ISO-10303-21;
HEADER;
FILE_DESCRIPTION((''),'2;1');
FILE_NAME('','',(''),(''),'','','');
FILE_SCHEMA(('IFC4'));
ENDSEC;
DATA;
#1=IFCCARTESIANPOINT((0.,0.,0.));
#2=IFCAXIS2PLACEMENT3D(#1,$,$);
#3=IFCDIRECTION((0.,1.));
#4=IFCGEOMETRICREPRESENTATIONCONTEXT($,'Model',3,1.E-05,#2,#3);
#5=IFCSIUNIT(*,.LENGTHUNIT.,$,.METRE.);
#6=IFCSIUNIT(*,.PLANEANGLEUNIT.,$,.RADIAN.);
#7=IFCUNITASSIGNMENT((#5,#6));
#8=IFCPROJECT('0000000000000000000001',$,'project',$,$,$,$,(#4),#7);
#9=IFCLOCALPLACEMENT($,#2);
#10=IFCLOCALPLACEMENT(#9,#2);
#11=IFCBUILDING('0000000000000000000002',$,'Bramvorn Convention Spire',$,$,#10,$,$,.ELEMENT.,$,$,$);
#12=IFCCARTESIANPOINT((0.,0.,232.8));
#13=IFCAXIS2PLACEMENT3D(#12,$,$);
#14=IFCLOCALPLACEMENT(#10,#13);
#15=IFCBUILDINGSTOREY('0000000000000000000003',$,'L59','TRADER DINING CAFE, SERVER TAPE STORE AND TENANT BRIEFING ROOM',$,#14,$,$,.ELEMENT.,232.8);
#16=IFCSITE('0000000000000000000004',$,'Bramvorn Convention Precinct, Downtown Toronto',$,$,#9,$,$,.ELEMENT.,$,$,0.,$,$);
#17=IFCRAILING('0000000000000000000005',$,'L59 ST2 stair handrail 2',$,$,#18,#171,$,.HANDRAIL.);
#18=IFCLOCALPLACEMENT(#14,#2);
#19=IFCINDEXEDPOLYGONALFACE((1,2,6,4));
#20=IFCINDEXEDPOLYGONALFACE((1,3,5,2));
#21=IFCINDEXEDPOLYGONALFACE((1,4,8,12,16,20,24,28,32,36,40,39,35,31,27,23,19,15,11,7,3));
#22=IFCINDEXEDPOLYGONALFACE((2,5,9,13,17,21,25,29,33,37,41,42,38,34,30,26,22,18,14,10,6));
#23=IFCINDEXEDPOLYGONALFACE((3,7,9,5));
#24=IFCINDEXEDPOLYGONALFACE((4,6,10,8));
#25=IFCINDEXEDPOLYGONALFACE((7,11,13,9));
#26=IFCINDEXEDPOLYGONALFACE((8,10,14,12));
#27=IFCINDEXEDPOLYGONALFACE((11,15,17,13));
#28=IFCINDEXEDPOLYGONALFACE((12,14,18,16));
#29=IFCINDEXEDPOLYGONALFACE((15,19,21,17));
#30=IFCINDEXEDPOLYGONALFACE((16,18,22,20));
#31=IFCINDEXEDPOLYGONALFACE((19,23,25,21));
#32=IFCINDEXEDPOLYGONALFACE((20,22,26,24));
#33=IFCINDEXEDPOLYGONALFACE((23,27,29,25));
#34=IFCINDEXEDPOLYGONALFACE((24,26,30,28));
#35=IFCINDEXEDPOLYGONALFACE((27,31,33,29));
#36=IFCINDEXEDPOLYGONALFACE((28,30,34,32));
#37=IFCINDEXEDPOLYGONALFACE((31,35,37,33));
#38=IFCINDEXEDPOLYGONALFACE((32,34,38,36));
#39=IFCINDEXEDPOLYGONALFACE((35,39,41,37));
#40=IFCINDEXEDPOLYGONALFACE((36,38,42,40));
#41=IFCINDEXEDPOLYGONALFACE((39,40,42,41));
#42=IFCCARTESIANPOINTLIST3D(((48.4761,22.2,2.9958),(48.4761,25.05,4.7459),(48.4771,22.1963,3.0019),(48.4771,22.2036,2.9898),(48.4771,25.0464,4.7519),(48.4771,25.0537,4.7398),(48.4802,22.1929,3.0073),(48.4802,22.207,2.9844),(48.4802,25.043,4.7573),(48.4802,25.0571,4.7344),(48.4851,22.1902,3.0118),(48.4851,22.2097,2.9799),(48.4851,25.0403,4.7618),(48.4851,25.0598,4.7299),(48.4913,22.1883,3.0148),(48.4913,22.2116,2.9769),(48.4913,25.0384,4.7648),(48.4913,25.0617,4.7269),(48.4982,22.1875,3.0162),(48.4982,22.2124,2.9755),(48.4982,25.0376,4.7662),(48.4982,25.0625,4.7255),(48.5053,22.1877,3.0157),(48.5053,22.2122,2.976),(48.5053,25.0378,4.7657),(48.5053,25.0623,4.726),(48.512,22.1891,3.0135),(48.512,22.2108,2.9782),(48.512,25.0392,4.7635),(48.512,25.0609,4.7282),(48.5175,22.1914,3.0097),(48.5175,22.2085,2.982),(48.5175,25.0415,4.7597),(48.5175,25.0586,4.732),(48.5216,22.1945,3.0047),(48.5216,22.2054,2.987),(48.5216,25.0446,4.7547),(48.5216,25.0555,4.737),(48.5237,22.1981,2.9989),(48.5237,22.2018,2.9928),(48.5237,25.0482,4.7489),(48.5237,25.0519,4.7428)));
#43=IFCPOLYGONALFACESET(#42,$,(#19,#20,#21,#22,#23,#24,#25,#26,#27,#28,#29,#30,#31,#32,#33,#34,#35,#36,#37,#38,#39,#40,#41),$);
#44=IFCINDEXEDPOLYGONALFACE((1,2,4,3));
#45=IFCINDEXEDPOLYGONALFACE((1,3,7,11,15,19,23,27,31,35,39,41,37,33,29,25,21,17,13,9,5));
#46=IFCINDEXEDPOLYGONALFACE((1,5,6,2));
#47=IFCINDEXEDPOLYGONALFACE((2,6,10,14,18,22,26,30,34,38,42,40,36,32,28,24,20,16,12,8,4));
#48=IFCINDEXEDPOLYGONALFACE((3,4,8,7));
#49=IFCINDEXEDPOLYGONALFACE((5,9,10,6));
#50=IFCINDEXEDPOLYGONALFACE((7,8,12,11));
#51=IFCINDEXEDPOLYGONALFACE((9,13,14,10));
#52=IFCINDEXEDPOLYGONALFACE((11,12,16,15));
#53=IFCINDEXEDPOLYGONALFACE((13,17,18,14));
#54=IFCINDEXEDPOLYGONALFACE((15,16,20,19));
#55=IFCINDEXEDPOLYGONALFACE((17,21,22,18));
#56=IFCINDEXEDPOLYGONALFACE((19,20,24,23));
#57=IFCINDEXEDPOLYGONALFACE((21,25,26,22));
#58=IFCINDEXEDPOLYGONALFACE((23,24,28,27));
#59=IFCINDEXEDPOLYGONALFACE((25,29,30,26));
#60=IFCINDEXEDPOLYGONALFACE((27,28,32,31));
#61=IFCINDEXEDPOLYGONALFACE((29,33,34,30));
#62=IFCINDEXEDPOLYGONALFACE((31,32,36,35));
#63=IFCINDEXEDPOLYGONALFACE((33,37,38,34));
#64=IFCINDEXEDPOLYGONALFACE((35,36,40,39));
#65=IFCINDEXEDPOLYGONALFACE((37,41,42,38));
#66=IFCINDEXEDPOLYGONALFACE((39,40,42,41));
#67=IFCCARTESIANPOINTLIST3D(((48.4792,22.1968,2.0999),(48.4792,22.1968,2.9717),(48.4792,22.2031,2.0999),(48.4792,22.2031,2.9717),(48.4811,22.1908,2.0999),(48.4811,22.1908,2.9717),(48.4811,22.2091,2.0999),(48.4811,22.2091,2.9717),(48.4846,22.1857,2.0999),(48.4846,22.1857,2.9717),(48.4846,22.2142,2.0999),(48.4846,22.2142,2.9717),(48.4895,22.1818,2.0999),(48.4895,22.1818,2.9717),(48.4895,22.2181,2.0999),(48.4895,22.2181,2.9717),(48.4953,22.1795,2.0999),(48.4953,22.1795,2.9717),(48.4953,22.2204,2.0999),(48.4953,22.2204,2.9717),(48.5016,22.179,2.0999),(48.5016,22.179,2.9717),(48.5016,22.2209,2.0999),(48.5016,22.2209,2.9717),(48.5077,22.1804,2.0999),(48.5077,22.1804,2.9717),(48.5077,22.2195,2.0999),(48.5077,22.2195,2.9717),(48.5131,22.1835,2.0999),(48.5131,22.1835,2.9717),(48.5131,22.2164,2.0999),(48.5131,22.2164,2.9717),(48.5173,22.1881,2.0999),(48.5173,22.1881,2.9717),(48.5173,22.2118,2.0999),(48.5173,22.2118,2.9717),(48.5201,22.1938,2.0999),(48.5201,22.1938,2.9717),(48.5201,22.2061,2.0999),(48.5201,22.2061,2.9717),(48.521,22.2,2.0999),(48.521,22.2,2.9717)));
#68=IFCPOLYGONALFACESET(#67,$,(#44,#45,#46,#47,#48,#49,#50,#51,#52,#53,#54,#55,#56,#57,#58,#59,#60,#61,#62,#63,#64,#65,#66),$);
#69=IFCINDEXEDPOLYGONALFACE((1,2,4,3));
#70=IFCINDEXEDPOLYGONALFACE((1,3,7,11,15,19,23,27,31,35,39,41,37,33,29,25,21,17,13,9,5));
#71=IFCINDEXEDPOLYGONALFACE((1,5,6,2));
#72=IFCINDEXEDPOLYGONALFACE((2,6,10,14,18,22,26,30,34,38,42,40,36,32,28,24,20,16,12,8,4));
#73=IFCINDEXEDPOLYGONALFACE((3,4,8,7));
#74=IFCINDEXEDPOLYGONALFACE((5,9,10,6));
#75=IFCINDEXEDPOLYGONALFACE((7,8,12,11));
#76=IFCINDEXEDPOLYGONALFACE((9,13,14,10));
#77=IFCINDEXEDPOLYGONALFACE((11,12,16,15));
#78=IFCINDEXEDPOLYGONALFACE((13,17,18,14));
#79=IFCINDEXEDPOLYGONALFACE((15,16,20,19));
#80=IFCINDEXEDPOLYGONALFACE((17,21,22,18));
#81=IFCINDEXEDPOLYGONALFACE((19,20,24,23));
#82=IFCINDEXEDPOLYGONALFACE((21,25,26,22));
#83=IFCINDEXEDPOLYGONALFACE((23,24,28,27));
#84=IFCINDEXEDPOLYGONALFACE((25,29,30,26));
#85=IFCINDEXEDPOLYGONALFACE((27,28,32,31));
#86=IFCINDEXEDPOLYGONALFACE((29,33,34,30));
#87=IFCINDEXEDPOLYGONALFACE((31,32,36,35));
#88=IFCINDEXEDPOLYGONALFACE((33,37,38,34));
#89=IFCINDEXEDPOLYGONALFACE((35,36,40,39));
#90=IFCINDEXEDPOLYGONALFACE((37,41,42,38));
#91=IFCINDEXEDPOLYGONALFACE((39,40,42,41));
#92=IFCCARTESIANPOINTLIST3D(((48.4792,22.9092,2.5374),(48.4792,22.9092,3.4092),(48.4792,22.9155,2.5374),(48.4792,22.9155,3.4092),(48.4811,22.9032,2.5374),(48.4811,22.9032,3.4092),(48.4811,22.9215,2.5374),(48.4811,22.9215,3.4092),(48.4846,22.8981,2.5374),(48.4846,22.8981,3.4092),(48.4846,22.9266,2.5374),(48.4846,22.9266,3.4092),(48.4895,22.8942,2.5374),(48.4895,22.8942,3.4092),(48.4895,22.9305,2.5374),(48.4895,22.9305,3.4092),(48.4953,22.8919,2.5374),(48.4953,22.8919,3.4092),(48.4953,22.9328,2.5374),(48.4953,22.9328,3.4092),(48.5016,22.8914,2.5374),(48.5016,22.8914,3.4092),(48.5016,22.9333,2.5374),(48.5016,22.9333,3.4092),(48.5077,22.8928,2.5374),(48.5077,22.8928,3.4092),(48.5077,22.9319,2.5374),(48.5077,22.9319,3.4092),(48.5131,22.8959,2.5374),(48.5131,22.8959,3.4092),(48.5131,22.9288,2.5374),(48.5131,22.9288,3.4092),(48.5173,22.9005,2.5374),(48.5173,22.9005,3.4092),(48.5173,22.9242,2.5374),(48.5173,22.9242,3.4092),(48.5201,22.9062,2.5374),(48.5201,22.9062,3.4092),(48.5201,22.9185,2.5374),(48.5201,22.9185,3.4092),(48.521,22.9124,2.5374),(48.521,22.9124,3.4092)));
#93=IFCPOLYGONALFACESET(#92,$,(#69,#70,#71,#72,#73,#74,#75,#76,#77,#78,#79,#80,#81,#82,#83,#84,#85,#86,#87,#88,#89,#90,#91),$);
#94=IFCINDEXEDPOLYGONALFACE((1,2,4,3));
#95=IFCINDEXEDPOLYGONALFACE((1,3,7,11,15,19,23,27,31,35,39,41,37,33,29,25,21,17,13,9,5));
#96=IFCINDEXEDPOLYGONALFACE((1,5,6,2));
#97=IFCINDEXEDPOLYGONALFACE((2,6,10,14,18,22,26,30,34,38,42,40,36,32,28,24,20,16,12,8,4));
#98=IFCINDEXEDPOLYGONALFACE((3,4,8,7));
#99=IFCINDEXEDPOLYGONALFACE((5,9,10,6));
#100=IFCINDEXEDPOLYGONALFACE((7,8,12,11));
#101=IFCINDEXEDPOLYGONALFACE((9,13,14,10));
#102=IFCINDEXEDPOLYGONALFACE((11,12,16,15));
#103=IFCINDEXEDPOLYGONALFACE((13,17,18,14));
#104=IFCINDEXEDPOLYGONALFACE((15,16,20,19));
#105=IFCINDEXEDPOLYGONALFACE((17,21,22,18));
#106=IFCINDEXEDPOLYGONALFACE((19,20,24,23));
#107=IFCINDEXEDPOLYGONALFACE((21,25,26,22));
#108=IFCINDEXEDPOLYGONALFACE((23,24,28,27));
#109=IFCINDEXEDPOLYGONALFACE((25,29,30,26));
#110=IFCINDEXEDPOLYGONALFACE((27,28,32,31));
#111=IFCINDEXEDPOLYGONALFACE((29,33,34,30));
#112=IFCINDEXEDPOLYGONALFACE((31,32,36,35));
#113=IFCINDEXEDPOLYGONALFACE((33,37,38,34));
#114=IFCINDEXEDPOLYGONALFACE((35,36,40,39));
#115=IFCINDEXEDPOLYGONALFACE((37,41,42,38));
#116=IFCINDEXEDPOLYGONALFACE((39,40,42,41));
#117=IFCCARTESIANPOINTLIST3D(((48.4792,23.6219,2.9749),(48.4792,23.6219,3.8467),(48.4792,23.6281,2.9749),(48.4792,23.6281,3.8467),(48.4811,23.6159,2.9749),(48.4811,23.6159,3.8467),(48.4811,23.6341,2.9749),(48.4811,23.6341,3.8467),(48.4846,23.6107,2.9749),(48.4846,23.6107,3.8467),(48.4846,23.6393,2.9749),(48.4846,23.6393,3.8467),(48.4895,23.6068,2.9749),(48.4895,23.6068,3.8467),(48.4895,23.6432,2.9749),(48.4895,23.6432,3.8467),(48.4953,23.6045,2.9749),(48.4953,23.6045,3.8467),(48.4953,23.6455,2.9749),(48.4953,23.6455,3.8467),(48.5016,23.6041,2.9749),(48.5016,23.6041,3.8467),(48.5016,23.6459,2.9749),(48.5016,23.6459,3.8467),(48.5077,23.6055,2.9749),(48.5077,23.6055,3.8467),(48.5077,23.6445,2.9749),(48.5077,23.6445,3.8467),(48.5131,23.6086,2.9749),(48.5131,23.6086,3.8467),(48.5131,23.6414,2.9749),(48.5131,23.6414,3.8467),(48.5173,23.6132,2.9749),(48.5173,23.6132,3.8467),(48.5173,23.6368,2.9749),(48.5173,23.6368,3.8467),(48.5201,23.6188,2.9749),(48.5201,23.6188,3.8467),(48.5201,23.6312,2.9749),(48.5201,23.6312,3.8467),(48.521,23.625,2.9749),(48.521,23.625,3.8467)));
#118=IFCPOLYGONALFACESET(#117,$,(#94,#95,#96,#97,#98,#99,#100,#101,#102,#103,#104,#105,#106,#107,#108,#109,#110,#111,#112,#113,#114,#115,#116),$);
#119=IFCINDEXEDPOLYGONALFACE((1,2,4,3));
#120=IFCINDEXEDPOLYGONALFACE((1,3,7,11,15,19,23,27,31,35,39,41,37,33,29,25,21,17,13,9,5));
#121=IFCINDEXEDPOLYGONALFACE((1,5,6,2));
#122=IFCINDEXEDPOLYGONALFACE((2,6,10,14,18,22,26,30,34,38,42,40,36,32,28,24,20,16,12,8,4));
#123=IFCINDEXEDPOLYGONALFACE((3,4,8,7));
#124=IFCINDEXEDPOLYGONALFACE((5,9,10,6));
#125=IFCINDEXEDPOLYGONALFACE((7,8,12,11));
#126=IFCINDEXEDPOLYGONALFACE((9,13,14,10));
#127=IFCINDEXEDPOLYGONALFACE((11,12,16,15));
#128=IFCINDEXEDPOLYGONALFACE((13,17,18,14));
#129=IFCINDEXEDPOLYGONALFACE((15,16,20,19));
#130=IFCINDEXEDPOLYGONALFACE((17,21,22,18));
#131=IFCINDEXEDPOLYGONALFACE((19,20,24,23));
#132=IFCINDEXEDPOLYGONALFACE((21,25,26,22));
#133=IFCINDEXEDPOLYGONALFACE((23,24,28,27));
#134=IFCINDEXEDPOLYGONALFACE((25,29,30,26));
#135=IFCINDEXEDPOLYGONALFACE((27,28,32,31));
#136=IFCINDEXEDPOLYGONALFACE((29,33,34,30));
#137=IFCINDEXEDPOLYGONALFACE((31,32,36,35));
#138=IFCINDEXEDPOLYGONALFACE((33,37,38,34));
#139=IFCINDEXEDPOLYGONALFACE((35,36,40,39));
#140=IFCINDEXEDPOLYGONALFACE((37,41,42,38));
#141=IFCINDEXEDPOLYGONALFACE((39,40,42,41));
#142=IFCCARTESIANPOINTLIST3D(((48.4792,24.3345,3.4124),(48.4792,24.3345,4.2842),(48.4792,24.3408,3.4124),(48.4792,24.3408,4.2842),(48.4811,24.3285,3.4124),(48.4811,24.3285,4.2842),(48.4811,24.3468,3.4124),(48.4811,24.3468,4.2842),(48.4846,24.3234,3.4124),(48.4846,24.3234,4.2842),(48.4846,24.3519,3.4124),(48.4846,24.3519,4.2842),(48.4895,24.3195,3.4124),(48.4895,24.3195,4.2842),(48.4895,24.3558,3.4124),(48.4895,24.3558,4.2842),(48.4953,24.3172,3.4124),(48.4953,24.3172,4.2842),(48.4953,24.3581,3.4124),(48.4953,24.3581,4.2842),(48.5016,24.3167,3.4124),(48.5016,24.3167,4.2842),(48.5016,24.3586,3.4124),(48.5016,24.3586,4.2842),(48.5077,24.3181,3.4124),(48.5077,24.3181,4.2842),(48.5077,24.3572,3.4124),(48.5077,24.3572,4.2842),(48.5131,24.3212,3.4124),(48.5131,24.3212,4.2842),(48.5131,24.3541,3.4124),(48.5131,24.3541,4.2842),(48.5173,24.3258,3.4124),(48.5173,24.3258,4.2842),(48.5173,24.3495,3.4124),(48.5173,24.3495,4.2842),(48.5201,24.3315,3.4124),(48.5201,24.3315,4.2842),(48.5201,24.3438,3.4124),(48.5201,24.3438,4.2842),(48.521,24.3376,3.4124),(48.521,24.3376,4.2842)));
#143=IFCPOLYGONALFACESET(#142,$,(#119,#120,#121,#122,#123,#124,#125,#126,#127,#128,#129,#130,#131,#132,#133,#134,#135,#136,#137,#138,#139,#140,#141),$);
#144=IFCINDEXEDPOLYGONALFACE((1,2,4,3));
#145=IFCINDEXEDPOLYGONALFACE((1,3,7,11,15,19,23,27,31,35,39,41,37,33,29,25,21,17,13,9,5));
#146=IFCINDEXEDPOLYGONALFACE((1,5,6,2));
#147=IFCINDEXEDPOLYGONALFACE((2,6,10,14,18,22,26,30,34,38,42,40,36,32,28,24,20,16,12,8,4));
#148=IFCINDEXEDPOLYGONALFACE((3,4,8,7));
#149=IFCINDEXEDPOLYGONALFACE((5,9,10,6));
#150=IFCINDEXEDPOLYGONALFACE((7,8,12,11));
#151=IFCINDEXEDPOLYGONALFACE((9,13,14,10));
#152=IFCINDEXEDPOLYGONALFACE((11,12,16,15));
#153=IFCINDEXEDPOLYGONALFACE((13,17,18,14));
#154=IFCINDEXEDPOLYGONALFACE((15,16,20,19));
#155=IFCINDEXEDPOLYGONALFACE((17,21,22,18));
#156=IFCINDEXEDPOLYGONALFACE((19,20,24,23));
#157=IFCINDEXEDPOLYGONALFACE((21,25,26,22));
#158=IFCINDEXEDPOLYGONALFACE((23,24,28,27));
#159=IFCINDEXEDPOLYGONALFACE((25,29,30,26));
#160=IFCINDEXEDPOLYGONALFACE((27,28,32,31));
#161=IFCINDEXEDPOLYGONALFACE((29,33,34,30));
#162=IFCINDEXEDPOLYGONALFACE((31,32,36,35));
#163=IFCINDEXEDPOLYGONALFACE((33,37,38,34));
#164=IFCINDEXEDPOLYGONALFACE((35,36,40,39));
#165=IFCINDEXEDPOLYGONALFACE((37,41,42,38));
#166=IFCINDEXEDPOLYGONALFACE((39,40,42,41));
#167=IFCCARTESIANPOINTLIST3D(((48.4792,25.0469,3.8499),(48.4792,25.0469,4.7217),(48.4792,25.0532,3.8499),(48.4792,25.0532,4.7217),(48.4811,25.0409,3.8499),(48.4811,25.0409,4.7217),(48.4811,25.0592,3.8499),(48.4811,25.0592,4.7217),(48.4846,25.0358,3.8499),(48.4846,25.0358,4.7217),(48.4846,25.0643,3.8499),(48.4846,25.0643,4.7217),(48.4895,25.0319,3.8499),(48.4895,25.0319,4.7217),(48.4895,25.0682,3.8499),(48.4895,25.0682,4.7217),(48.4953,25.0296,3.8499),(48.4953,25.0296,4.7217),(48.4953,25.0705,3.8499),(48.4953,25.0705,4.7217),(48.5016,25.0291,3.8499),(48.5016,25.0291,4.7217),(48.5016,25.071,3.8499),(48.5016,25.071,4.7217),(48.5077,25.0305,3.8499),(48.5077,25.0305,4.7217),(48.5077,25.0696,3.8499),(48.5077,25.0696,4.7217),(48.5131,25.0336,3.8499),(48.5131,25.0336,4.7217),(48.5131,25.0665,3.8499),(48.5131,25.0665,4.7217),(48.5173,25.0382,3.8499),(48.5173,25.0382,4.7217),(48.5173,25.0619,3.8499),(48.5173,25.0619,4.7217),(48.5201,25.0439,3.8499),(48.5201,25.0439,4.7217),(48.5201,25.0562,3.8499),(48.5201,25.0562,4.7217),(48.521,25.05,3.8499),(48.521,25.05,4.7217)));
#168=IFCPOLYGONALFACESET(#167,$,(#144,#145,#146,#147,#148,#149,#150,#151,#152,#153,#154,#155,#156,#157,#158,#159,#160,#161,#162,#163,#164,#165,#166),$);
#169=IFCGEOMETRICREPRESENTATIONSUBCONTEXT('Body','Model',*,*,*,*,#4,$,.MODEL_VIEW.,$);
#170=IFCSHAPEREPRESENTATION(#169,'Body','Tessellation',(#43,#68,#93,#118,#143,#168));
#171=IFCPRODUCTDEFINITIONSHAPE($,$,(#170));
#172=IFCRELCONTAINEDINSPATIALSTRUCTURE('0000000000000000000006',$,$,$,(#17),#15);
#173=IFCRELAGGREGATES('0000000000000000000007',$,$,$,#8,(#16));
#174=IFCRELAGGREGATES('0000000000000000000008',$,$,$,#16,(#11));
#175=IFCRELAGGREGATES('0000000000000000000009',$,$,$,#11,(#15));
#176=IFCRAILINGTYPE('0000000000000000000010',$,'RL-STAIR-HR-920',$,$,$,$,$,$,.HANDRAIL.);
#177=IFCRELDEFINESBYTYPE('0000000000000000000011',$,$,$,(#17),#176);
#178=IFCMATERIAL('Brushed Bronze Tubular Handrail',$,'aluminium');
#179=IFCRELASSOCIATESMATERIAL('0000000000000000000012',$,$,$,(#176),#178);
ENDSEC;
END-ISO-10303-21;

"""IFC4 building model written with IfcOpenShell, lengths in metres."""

from ifc_helpers import new_model, si_unit, direction, frame, origin, origin_2d, place, context, subcontext, project, spatial, circle, extrude, material, type_object, element, save


model = new_model("IFC4")

# Units and contexts
model_context = context("Model", 3, precision=1e-05, world=origin(), true_north=direction((0.0, 1.0)))
body_context = subcontext(model_context, "Body", "Model", "MODEL_VIEW")
ifc_project = project(units=[si_unit("LENGTHUNIT", "METRE"), si_unit("PLANEANGLEUNIT", "RADIAN")], contexts=[model_context])

# Site, building, storey
site_placement = place(None, origin())
site = spatial("IfcSite", under=ifc_project, at=site_placement, Name="Bramvorn Convention Precinct, Downtown Toronto", CompositionType="ELEMENT", RefElevation=0.0)
building_placement = place(site_placement, origin())
building = spatial("IfcBuilding", under=site, at=building_placement, Name="Bramvorn Convention Spire", CompositionType="ELEMENT")
storey_placement = place(building_placement, frame((0.0, 0.0, 232.8)))
storey = spatial("IfcBuildingStorey", under=building, at=storey_placement, Name="L59", Description="TRADER DINING CAFE, SERVER TAPE STORE AND TENANT BRIEFING ROOM", CompositionType="ELEMENT", Elevation=232.8)

# Railing
ifc_material_1 = material(Name="Brushed Bronze Tubular Handrail", Category="aluminium")
railing_type_1 = type_object("IfcRailingType", Name="RL-STAIR-HR-920", PredefinedType="HANDRAIL", material=ifc_material_1)
railing_1_placement = place(storey_placement, frame((48.5, 22.2, 2.0999)))
element("IfcRailing", 1, at=railing_1_placement, inside=storey, type_object=railing_type_1, Name="L59 ST2 stair handrail 2", PredefinedType="HANDRAIL", context=body_context, shape_type="SweptSolid", body=[
    extrude(circle(Radius=0.0239, at=origin_2d()), frame((0.0, 0.0, 0.896), z_axis=(0.0, 0.852179, 0.52325), x_axis=(-1.0, 0.0, 0.0)), (0.0, 0.0, 1.0), 3.3445),
    extrude(circle(Radius=0.021, at=origin_2d()), origin(), (0.0, 0.0, 1.0), 0.8718),
    extrude(circle(Radius=0.021, at=origin_2d()), frame((0.0, 0.7124, 0.4375)), (0.0, 0.0, 1.0), 0.8718),
    extrude(circle(Radius=0.021, at=origin_2d()), frame((0.0, 1.425, 0.875)), (0.0, 0.0, 1.0), 0.8718),
    extrude(circle(Radius=0.021, at=origin_2d()), frame((0.0, 2.1377, 1.3125)), (0.0, 0.0, 1.0), 0.8718),
    extrude(circle(Radius=0.021, at=origin_2d()), frame((0.0, 2.8501, 1.75)), (0.0, 0.0, 1.0), 0.8718),
])

save(model, "model.ifc")
